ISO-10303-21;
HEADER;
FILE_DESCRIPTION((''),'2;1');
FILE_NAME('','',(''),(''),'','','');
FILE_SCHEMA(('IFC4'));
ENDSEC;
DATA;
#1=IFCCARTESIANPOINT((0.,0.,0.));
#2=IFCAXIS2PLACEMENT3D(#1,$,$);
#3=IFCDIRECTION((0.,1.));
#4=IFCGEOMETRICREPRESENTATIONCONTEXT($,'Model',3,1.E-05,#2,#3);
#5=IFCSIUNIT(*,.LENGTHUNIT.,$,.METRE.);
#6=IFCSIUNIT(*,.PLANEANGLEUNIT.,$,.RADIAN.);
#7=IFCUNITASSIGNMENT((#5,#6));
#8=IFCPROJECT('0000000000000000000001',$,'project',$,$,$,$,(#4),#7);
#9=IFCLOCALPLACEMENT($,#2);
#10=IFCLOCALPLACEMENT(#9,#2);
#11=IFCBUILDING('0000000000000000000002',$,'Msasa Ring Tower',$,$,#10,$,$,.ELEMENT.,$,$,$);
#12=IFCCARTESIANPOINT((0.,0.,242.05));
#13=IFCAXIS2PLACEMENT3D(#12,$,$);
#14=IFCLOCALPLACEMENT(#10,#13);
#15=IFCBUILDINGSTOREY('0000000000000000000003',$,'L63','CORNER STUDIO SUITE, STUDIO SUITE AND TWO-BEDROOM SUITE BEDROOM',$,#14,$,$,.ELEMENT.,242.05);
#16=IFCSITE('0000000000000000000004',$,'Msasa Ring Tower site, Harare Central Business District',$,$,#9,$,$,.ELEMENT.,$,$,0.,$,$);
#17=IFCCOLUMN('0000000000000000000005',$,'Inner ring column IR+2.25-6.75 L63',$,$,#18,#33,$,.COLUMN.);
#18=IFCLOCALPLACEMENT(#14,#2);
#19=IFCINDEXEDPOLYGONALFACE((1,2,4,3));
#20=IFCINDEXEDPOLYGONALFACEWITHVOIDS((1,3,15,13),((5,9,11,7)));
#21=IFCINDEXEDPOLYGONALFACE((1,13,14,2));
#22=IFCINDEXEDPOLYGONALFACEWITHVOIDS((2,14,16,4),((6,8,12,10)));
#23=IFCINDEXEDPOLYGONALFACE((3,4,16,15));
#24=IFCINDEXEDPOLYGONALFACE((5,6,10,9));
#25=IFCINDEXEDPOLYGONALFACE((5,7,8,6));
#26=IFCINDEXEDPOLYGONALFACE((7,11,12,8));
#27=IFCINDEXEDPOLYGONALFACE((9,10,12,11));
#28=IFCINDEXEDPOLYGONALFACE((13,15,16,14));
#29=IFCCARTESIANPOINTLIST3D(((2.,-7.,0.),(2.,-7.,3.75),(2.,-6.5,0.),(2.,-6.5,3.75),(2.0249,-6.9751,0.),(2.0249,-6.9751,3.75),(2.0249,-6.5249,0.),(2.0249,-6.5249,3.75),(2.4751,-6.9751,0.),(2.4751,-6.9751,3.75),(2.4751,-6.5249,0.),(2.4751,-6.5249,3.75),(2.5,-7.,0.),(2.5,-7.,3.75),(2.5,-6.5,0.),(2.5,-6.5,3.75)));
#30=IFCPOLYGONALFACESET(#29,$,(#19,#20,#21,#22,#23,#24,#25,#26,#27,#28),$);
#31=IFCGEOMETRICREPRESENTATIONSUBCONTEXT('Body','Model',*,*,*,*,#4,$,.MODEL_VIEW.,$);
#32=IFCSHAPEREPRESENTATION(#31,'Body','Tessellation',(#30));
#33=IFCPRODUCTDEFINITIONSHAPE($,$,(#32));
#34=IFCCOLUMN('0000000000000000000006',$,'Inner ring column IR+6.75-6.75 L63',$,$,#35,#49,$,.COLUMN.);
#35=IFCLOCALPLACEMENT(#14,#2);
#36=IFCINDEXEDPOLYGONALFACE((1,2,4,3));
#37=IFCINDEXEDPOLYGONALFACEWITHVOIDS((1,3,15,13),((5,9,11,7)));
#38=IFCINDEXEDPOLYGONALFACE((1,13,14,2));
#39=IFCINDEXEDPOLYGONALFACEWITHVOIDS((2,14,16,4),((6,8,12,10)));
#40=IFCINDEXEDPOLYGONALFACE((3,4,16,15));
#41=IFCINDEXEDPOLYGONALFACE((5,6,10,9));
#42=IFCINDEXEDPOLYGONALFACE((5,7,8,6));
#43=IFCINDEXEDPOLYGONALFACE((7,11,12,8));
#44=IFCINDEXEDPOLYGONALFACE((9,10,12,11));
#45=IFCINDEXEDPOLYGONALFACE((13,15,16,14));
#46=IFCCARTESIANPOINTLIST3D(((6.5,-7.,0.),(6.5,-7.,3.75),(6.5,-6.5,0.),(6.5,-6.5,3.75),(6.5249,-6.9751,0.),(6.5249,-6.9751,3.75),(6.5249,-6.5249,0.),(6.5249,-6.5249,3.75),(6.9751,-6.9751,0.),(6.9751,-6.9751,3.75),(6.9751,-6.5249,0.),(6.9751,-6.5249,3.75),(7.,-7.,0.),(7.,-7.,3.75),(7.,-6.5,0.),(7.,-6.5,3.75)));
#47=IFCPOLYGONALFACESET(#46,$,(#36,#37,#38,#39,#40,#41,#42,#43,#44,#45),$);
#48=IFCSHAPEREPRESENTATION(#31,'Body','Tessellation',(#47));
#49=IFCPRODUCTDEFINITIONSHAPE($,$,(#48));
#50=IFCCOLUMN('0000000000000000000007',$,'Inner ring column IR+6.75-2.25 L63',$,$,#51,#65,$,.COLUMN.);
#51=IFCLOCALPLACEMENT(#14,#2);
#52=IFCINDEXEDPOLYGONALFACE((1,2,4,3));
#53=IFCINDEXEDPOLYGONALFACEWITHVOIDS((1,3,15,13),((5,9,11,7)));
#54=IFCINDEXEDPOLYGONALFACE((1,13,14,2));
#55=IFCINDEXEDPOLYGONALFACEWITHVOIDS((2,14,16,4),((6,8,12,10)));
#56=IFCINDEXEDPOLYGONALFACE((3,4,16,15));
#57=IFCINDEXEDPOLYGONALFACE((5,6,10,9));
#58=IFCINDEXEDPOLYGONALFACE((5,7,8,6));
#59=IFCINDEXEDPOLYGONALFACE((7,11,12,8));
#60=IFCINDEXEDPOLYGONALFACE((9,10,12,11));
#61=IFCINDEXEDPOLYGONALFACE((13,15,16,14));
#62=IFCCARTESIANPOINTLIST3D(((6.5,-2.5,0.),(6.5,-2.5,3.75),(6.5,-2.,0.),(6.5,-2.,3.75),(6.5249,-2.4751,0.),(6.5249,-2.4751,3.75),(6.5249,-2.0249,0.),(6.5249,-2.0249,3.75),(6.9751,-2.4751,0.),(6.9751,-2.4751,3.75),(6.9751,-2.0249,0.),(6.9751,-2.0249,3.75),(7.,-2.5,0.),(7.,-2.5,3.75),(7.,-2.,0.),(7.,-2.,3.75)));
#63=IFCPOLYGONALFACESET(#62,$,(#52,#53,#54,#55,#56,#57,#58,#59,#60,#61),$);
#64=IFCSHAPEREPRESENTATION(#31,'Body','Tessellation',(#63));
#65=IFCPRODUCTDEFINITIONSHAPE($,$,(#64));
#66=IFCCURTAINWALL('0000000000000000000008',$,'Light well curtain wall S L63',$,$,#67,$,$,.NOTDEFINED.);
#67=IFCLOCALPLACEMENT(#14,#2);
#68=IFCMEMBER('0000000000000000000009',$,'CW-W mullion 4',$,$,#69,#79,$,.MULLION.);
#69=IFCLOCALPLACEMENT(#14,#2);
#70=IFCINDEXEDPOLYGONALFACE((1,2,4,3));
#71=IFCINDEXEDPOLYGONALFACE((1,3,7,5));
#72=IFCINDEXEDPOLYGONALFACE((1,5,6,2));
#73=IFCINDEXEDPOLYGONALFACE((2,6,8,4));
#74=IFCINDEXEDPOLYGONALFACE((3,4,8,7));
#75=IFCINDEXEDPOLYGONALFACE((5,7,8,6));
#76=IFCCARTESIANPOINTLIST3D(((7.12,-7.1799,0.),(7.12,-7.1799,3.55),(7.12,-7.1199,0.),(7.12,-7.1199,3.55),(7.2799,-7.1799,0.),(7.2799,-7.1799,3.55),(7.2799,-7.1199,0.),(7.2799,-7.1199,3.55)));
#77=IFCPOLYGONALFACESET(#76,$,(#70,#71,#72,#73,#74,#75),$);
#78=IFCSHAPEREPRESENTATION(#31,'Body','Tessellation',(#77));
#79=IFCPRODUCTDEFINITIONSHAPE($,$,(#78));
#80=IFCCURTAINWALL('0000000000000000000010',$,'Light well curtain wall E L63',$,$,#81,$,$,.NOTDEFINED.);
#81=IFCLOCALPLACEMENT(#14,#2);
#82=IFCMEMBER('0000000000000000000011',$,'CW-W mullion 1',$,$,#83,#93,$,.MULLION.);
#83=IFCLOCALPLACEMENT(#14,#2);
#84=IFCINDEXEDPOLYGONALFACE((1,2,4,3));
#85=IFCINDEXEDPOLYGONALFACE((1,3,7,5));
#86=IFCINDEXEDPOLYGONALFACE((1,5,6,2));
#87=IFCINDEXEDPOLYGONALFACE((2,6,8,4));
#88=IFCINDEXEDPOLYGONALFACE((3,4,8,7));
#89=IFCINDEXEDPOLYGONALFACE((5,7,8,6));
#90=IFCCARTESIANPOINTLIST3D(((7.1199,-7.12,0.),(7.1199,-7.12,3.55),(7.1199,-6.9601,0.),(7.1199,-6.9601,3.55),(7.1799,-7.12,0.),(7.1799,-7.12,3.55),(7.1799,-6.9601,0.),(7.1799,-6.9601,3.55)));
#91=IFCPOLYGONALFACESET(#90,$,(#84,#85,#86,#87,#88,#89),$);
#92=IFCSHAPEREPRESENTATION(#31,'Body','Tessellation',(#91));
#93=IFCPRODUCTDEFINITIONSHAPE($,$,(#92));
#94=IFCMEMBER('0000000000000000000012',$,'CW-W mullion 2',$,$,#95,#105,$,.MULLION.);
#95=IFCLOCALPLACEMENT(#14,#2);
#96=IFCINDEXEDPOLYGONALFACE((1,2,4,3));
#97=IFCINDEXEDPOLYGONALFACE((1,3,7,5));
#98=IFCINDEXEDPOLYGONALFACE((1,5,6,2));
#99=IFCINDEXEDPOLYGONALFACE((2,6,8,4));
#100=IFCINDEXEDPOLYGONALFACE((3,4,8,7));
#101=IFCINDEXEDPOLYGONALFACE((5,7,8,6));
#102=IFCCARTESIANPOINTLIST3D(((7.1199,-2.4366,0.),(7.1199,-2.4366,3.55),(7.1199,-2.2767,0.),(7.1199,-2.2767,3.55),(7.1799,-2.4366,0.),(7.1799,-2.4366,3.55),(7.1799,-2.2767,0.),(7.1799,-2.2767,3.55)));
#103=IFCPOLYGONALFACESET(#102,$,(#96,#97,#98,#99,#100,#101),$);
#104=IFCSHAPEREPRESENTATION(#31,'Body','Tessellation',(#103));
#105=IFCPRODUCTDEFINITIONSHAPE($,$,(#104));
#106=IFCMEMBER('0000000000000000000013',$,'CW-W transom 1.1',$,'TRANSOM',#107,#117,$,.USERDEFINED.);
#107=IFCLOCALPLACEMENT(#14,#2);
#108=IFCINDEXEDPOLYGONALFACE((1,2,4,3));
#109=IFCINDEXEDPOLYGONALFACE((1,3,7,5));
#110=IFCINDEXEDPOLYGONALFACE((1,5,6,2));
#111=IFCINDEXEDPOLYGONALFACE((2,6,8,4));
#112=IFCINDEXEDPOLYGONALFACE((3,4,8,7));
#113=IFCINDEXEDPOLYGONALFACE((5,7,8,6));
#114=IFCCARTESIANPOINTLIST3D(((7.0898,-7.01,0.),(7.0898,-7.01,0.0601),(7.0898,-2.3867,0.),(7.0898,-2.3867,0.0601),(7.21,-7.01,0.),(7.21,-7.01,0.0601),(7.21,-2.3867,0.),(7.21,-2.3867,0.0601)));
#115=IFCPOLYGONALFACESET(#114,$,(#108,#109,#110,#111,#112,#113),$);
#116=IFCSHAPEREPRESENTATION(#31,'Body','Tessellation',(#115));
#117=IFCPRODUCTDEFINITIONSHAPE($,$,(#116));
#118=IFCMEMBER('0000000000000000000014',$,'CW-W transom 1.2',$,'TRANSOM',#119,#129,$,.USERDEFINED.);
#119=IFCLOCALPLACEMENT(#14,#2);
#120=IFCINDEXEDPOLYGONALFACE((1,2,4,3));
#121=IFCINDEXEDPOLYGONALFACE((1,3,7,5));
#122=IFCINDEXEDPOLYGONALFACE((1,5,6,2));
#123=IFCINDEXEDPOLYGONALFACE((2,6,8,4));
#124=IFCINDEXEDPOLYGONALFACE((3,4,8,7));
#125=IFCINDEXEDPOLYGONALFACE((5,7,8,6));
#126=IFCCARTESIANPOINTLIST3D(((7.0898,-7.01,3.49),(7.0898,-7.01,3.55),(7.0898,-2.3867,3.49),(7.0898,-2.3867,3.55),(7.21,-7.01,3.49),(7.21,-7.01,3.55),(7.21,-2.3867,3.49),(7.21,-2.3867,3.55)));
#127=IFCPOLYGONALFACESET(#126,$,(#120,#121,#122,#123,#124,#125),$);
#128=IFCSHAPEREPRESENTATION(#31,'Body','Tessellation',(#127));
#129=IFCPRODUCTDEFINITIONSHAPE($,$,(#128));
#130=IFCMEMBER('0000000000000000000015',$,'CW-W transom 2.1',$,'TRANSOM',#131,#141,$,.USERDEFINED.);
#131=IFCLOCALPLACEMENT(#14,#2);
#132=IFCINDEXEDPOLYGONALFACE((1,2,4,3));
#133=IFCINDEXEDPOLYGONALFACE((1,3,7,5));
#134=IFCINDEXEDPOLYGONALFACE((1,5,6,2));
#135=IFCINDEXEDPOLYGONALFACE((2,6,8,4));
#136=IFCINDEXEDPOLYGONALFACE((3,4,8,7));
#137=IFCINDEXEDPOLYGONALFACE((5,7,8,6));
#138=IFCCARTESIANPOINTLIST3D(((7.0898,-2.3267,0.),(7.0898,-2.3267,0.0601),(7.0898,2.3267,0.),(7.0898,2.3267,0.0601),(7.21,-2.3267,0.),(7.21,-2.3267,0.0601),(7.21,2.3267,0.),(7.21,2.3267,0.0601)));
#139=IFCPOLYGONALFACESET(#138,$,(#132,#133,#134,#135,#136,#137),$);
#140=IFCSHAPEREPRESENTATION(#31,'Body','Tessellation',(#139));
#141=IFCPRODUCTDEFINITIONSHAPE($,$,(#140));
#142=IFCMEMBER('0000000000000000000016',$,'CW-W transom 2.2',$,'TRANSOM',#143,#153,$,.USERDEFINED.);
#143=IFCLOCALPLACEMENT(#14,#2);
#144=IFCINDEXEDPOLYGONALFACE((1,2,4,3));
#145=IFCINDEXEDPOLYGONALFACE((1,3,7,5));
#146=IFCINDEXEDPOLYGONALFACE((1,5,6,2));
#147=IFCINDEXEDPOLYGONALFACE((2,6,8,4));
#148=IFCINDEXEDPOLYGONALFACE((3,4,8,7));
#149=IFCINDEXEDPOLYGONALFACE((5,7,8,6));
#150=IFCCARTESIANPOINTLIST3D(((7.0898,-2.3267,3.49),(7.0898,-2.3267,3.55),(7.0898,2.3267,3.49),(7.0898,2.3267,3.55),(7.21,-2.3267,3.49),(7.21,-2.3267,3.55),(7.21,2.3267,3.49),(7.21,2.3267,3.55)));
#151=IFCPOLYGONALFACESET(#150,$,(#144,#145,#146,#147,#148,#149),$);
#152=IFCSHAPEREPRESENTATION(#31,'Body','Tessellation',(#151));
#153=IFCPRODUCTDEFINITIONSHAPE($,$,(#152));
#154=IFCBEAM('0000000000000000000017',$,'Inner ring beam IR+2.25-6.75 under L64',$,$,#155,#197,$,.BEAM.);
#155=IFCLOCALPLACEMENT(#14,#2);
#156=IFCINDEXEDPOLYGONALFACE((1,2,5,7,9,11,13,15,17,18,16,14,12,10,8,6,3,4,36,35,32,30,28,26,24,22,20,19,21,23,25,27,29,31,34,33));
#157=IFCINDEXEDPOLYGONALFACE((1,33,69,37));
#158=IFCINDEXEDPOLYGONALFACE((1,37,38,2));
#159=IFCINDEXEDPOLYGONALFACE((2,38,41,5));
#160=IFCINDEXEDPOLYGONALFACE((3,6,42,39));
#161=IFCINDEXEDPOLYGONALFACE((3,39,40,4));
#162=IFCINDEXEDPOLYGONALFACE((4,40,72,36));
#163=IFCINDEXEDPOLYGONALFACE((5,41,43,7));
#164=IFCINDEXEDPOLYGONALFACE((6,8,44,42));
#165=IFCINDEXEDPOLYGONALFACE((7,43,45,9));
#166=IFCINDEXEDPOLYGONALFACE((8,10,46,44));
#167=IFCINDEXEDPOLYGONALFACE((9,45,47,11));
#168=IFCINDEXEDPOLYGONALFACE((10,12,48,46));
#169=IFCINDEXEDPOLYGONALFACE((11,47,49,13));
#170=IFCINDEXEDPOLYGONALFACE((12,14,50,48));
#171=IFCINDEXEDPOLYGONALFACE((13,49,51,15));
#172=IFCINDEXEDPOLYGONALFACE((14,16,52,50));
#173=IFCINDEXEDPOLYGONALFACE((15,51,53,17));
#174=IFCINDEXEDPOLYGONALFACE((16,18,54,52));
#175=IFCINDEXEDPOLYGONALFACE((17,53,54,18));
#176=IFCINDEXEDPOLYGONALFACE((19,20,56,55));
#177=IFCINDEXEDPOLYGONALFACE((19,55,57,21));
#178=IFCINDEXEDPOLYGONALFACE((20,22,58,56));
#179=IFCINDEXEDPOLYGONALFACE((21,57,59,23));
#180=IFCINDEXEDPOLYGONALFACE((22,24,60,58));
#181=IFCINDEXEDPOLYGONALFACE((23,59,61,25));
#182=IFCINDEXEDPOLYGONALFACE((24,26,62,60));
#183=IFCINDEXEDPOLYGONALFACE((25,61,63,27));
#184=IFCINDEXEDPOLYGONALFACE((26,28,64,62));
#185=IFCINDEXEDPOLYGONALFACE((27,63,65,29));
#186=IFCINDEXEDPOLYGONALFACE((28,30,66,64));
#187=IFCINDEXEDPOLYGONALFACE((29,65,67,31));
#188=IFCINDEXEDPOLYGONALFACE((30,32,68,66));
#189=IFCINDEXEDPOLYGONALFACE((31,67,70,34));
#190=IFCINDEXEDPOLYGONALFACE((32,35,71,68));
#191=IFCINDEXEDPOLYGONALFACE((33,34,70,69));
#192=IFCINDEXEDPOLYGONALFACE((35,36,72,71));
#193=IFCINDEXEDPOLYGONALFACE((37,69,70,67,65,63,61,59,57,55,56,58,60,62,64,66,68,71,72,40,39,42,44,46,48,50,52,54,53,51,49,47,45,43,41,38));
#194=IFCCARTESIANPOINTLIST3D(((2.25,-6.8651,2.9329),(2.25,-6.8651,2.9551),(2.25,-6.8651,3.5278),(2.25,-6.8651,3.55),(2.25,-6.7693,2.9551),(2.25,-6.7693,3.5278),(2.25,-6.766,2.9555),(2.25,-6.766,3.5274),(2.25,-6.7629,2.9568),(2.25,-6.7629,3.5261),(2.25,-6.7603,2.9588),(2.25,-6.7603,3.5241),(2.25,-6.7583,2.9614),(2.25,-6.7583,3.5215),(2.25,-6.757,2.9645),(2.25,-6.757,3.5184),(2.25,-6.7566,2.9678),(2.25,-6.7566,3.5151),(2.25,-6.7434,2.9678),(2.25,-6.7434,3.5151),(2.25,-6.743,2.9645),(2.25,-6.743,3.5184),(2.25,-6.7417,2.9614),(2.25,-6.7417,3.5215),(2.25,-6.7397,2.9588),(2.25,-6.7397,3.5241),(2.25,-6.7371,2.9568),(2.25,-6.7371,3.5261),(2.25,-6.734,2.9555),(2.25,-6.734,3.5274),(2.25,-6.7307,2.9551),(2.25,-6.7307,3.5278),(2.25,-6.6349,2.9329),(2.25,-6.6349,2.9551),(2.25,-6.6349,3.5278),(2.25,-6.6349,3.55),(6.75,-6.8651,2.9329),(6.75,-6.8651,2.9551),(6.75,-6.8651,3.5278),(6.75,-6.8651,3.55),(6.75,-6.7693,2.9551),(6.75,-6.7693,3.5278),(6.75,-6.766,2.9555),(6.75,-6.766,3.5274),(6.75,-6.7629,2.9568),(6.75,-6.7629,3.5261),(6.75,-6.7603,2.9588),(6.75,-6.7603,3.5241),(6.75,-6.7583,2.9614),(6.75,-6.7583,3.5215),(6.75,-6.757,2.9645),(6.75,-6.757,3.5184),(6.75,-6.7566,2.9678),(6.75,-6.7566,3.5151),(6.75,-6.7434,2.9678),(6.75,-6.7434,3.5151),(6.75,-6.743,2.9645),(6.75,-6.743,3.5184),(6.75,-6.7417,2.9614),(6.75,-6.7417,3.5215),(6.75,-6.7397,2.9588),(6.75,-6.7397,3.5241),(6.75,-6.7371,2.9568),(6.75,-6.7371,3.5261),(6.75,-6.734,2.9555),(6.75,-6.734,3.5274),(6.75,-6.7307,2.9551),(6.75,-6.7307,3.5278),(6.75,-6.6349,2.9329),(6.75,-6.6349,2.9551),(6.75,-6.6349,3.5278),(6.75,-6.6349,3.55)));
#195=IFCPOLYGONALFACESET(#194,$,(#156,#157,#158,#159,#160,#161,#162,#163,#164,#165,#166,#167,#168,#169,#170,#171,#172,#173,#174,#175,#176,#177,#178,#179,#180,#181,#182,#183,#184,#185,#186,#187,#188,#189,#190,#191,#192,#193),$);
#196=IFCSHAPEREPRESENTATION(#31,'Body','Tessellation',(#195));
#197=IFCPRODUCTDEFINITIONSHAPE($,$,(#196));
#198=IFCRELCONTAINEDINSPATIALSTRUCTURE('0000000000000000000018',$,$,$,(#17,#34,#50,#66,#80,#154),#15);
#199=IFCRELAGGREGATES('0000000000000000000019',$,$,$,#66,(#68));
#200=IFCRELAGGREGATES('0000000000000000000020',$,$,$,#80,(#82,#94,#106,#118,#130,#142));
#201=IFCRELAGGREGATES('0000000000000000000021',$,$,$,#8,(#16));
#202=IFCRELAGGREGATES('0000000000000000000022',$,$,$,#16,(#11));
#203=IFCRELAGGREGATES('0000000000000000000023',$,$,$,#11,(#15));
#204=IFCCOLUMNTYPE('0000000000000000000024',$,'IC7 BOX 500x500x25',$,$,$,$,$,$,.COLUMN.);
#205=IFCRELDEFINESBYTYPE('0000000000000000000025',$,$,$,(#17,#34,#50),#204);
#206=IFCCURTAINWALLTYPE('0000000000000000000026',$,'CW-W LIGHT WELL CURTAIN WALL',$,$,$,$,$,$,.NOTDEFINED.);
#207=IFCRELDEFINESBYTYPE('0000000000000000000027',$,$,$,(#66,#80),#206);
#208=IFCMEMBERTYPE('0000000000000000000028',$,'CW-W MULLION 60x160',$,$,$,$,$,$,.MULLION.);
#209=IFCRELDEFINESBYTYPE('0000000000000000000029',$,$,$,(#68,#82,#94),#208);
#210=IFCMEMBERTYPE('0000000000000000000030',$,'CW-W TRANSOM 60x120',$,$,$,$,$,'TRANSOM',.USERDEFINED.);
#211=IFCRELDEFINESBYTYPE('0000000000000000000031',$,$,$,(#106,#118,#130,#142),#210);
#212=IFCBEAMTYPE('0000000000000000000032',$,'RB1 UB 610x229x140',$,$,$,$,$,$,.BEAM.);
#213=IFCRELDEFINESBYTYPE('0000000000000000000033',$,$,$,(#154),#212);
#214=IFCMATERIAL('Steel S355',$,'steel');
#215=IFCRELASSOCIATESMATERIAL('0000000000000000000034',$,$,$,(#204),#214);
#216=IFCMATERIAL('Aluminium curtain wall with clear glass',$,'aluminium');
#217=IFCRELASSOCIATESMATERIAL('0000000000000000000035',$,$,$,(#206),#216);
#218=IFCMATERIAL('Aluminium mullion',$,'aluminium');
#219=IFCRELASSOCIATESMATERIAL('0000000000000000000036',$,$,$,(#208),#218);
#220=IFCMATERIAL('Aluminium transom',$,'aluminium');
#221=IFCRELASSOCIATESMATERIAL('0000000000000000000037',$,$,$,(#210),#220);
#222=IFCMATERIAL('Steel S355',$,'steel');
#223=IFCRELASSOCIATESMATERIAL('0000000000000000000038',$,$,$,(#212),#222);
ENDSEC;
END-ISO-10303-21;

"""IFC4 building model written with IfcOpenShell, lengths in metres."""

from ifc_helpers import new_model, si_unit, direction, frame, origin, origin_2d, place, context, subcontext, project, spatial, rectangle, hollow_rectangle, i_section, extrude, material, material_profile, profile_set, type_object, element, aggregate, save


model = new_model("IFC4")

# Units and contexts
model_context = context("Model", 3, precision=1e-05, world=origin(), true_north=direction((0.0, 1.0)))
body_context = subcontext(model_context, "Body", "Model", "MODEL_VIEW")
ifc_project = project(units=[si_unit("LENGTHUNIT", "METRE"), si_unit("PLANEANGLEUNIT", "RADIAN")], contexts=[model_context])

# Site, building, storey
site_placement = place(None, origin())
site = spatial("IfcSite", under=ifc_project, at=site_placement, Name="Msasa Ring Tower site, Harare Central Business District", CompositionType="ELEMENT", RefElevation=0.0)
building_placement = place(site_placement, origin())
building = spatial("IfcBuilding", under=site, at=building_placement, Name="Msasa Ring Tower", CompositionType="ELEMENT")
storey_placement = place(building_placement, frame((0.0, 0.0, 242.05)))
storey = spatial("IfcBuildingStorey", under=building, at=storey_placement, Name="L63", Description="CORNER STUDIO SUITE, STUDIO SUITE AND TWO-BEDROOM SUITE BEDROOM", CompositionType="ELEMENT", Elevation=242.05)

# Columns
ifc_material_1 = material(Name="Steel S355", Category="steel")
ifc_material_profile_1 = material_profile(ifc_material_1, hollow_rectangle(XDim=0.5, YDim=0.5, WallThickness=0.0249, at=origin_2d()), Name="BOX 500x500x25")
ifc_profile_set_1 = profile_set([ifc_material_profile_1], Name="Steel S355")
column_type = type_object("IfcColumnType", Name="IC7 BOX 500x500x25", PredefinedType="COLUMN", material=ifc_profile_set_1)
for number, where, z_axis, x_axis, name in (
    (1, (2.25, -6.75, 0.0), (0.0, 0.0, 1.0), (1.0, 0.0, 0.0), "Inner ring column IR+2.25-6.75 L63"),
    (2, (6.75, -6.75, 0.0), (0.0, 0.0, 1.0), (1.0, 0.0, 0.0), "Inner ring column IR+6.75-6.75 L63"),
    (3, (6.75, -2.25, 0.0), (0.0, 0.0, 1.0), (1.0, 0.0, 0.0), "Inner ring column IR+6.75-2.25 L63"),
):
    element("IfcColumn", number, at=place(storey_placement, frame(where, z_axis=z_axis, x_axis=x_axis)), inside=storey, type_object=column_type, Name=name, PredefinedType="COLUMN", context=body_context, shape_type="SweptSolid", body=[
        extrude(hollow_rectangle(XDim=0.5, YDim=0.5, WallThickness=0.0249, at=origin_2d()), origin(), (0.0, 0.0, 1.0), 3.75),
    ])

# Curtain wall, member
ifc_material_2 = material(Name="Aluminium curtain wall with clear glass", Category="aluminium")
curtain_wall_type = type_object("IfcCurtainWallType", Name="CW-W LIGHT WELL CURTAIN WALL", PredefinedType="NOTDEFINED", material=ifc_material_2)
curtain_wall_1_placement = place(storey_placement, origin())
curtain_wall_1 = element("IfcCurtainWall", 4, at=curtain_wall_1_placement, inside=storey, type_object=curtain_wall_type, Name="Light well curtain wall S L63", PredefinedType="NOTDEFINED")
ifc_material_3 = material(Name="Aluminium mullion", Category="aluminium")
ifc_material_profile_2 = material_profile(ifc_material_3, rectangle(XDim=0.0601, YDim=0.1599, at=origin_2d()), Name="AL 60x160")
ifc_profile_set_2 = profile_set([ifc_material_profile_2], Name="Aluminium mullion")
member_type_1 = type_object("IfcMemberType", Name="CW-W MULLION 60x160", PredefinedType="MULLION", material=ifc_profile_set_2)
member_1_placement = place(storey_placement, frame((7.2, -7.1499, 0.0), z_axis=(0.0, 0.0, 1.0), x_axis=(0.0, 1.0, 0.0)))
member_1 = element("IfcMember", 5, at=member_1_placement, type_object=member_type_1, Name="CW-W mullion 4", PredefinedType="MULLION", context=body_context, shape_type="SweptSolid", body=[
    extrude(rectangle(XDim=0.0601, YDim=0.1599, at=origin_2d()), origin(), (0.0, 0.0, 1.0), 3.55),
])
aggregate(curtain_wall_1, [member_1])

# Curtain wall, members
curtain_wall_2_placement = place(storey_placement, origin())
curtain_wall_2 = element("IfcCurtainWall", 6, at=curtain_wall_2_placement, inside=storey, type_object=curtain_wall_type, Name="Light well curtain wall E L63", PredefinedType="NOTDEFINED")
member_2_placement = place(storey_placement, frame((7.1499, -7.04, 0.0), z_axis=(0.0, 0.0, 1.0), x_axis=(-1.0, 0.0, 0.0)))
member_2 = element("IfcMember", 7, at=member_2_placement, type_object=member_type_1, Name="CW-W mullion 1", PredefinedType="MULLION", context=body_context, shape_type="SweptSolid", body=[
    extrude(rectangle(XDim=0.0601, YDim=0.1599, at=origin_2d()), origin(), (0.0, 0.0, 1.0), 3.55),
])
member_3_placement = place(storey_placement, frame((7.1499, -2.3567, 0.0), z_axis=(0.0, 0.0, 1.0), x_axis=(-1.0, 0.0, 0.0)))
member_3 = element("IfcMember", 8, at=member_3_placement, type_object=member_type_1, Name="CW-W mullion 2", PredefinedType="MULLION", context=body_context, shape_type="SweptSolid", body=[
    extrude(rectangle(XDim=0.0601, YDim=0.1599, at=origin_2d()), origin(), (0.0, 0.0, 1.0), 3.55),
])
ifc_material_4 = material(Name="Aluminium transom", Category="aluminium")
ifc_material_profile_3 = material_profile(ifc_material_4, rectangle(XDim=0.1201, YDim=0.0601, at=origin_2d()), Name="AL 60x120")
ifc_profile_set_3 = profile_set([ifc_material_profile_3], Name="Aluminium transom")
member_type_2 = type_object("IfcMemberType", Name="CW-W TRANSOM 60x120", ElementType="TRANSOM", PredefinedType="USERDEFINED", material=ifc_profile_set_3)
member_4_placement = place(storey_placement, frame((7.1499, -7.01, 0.03), z_axis=(0.0, 1.0, 0.0), x_axis=(-1.0, 0.0, 0.0)))
member_4 = element("IfcMember", 9, at=member_4_placement, type_object=member_type_2, Name="CW-W transom 1.1", ObjectType="TRANSOM", PredefinedType="USERDEFINED", context=body_context, shape_type="SweptSolid", body=[
    extrude(rectangle(XDim=0.1201, YDim=0.0601, at=origin_2d()), origin(), (0.0, 0.0, 1.0), 4.6233),
])
member_5_placement = place(storey_placement, frame((7.1499, -7.01, 3.52), z_axis=(0.0, 1.0, 0.0), x_axis=(-1.0, 0.0, 0.0)))
member_5 = element("IfcMember", 10, at=member_5_placement, type_object=member_type_2, Name="CW-W transom 1.2", ObjectType="TRANSOM", PredefinedType="USERDEFINED", context=body_context, shape_type="SweptSolid", body=[
    extrude(rectangle(XDim=0.1201, YDim=0.0601, at=origin_2d()), origin(), (0.0, 0.0, 1.0), 4.6233),
])
member_6_placement = place(storey_placement, frame((7.1499, -2.3267, 0.03), z_axis=(0.0, 1.0, 0.0), x_axis=(-1.0, 0.0, 0.0)))
member_6 = element("IfcMember", 11, at=member_6_placement, type_object=member_type_2, Name="CW-W transom 2.1", ObjectType="TRANSOM", PredefinedType="USERDEFINED", context=body_context, shape_type="SweptSolid", body=[
    extrude(rectangle(XDim=0.1201, YDim=0.0601, at=origin_2d()), origin(), (0.0, 0.0, 1.0), 4.6533),
])
member_7_placement = place(storey_placement, frame((7.1499, -2.3267, 3.52), z_axis=(0.0, 1.0, 0.0), x_axis=(-1.0, 0.0, 0.0)))
member_7 = element("IfcMember", 12, at=member_7_placement, type_object=member_type_2, Name="CW-W transom 2.2", ObjectType="TRANSOM", PredefinedType="USERDEFINED", context=body_context, shape_type="SweptSolid", body=[
    extrude(rectangle(XDim=0.1201, YDim=0.0601, at=origin_2d()), origin(), (0.0, 0.0, 1.0), 4.6533),
])

# Beam
ifc_material_5 = material(Name="Steel S355", Category="steel")
ifc_material_profile_4 = material_profile(ifc_material_5, i_section(OverallWidth=0.2302, OverallDepth=0.6172, WebThickness=0.0132, FlangeThickness=0.0222, FilletRadius=0.0127, at=origin_2d()), Name="UB 610x229x140")
ifc_profile_set_4 = profile_set([ifc_material_profile_4], Name="Steel S355")
beam_type = type_object("IfcBeamType", Name="RB1 UB 610x229x140", PredefinedType="BEAM", material=ifc_profile_set_4)
for number, where, z_axis, x_axis, name in (
    (13, (2.25, -6.75, 3.2415), (1.0, 0.0, 0.0), (0.0, 1.0, 0.0), "Inner ring beam IR+2.25-6.75 under L64"),
):
    element("IfcBeam", number, at=place(storey_placement, frame(where, z_axis=z_axis, x_axis=x_axis)), inside=storey, type_object=beam_type, Name=name, PredefinedType="BEAM", context=body_context, shape_type="SweptSolid", body=[
        extrude(i_section(OverallWidth=0.2302, OverallDepth=0.6172, WebThickness=0.0132, FlangeThickness=0.0222, FilletRadius=0.0127, at=origin_2d()), origin(), (0.0, 0.0, 1.0), 4.5),
    ])

aggregate(curtain_wall_2, [member_2, member_3, member_4, member_5, member_6, member_7])

save(model, "model.ifc")
